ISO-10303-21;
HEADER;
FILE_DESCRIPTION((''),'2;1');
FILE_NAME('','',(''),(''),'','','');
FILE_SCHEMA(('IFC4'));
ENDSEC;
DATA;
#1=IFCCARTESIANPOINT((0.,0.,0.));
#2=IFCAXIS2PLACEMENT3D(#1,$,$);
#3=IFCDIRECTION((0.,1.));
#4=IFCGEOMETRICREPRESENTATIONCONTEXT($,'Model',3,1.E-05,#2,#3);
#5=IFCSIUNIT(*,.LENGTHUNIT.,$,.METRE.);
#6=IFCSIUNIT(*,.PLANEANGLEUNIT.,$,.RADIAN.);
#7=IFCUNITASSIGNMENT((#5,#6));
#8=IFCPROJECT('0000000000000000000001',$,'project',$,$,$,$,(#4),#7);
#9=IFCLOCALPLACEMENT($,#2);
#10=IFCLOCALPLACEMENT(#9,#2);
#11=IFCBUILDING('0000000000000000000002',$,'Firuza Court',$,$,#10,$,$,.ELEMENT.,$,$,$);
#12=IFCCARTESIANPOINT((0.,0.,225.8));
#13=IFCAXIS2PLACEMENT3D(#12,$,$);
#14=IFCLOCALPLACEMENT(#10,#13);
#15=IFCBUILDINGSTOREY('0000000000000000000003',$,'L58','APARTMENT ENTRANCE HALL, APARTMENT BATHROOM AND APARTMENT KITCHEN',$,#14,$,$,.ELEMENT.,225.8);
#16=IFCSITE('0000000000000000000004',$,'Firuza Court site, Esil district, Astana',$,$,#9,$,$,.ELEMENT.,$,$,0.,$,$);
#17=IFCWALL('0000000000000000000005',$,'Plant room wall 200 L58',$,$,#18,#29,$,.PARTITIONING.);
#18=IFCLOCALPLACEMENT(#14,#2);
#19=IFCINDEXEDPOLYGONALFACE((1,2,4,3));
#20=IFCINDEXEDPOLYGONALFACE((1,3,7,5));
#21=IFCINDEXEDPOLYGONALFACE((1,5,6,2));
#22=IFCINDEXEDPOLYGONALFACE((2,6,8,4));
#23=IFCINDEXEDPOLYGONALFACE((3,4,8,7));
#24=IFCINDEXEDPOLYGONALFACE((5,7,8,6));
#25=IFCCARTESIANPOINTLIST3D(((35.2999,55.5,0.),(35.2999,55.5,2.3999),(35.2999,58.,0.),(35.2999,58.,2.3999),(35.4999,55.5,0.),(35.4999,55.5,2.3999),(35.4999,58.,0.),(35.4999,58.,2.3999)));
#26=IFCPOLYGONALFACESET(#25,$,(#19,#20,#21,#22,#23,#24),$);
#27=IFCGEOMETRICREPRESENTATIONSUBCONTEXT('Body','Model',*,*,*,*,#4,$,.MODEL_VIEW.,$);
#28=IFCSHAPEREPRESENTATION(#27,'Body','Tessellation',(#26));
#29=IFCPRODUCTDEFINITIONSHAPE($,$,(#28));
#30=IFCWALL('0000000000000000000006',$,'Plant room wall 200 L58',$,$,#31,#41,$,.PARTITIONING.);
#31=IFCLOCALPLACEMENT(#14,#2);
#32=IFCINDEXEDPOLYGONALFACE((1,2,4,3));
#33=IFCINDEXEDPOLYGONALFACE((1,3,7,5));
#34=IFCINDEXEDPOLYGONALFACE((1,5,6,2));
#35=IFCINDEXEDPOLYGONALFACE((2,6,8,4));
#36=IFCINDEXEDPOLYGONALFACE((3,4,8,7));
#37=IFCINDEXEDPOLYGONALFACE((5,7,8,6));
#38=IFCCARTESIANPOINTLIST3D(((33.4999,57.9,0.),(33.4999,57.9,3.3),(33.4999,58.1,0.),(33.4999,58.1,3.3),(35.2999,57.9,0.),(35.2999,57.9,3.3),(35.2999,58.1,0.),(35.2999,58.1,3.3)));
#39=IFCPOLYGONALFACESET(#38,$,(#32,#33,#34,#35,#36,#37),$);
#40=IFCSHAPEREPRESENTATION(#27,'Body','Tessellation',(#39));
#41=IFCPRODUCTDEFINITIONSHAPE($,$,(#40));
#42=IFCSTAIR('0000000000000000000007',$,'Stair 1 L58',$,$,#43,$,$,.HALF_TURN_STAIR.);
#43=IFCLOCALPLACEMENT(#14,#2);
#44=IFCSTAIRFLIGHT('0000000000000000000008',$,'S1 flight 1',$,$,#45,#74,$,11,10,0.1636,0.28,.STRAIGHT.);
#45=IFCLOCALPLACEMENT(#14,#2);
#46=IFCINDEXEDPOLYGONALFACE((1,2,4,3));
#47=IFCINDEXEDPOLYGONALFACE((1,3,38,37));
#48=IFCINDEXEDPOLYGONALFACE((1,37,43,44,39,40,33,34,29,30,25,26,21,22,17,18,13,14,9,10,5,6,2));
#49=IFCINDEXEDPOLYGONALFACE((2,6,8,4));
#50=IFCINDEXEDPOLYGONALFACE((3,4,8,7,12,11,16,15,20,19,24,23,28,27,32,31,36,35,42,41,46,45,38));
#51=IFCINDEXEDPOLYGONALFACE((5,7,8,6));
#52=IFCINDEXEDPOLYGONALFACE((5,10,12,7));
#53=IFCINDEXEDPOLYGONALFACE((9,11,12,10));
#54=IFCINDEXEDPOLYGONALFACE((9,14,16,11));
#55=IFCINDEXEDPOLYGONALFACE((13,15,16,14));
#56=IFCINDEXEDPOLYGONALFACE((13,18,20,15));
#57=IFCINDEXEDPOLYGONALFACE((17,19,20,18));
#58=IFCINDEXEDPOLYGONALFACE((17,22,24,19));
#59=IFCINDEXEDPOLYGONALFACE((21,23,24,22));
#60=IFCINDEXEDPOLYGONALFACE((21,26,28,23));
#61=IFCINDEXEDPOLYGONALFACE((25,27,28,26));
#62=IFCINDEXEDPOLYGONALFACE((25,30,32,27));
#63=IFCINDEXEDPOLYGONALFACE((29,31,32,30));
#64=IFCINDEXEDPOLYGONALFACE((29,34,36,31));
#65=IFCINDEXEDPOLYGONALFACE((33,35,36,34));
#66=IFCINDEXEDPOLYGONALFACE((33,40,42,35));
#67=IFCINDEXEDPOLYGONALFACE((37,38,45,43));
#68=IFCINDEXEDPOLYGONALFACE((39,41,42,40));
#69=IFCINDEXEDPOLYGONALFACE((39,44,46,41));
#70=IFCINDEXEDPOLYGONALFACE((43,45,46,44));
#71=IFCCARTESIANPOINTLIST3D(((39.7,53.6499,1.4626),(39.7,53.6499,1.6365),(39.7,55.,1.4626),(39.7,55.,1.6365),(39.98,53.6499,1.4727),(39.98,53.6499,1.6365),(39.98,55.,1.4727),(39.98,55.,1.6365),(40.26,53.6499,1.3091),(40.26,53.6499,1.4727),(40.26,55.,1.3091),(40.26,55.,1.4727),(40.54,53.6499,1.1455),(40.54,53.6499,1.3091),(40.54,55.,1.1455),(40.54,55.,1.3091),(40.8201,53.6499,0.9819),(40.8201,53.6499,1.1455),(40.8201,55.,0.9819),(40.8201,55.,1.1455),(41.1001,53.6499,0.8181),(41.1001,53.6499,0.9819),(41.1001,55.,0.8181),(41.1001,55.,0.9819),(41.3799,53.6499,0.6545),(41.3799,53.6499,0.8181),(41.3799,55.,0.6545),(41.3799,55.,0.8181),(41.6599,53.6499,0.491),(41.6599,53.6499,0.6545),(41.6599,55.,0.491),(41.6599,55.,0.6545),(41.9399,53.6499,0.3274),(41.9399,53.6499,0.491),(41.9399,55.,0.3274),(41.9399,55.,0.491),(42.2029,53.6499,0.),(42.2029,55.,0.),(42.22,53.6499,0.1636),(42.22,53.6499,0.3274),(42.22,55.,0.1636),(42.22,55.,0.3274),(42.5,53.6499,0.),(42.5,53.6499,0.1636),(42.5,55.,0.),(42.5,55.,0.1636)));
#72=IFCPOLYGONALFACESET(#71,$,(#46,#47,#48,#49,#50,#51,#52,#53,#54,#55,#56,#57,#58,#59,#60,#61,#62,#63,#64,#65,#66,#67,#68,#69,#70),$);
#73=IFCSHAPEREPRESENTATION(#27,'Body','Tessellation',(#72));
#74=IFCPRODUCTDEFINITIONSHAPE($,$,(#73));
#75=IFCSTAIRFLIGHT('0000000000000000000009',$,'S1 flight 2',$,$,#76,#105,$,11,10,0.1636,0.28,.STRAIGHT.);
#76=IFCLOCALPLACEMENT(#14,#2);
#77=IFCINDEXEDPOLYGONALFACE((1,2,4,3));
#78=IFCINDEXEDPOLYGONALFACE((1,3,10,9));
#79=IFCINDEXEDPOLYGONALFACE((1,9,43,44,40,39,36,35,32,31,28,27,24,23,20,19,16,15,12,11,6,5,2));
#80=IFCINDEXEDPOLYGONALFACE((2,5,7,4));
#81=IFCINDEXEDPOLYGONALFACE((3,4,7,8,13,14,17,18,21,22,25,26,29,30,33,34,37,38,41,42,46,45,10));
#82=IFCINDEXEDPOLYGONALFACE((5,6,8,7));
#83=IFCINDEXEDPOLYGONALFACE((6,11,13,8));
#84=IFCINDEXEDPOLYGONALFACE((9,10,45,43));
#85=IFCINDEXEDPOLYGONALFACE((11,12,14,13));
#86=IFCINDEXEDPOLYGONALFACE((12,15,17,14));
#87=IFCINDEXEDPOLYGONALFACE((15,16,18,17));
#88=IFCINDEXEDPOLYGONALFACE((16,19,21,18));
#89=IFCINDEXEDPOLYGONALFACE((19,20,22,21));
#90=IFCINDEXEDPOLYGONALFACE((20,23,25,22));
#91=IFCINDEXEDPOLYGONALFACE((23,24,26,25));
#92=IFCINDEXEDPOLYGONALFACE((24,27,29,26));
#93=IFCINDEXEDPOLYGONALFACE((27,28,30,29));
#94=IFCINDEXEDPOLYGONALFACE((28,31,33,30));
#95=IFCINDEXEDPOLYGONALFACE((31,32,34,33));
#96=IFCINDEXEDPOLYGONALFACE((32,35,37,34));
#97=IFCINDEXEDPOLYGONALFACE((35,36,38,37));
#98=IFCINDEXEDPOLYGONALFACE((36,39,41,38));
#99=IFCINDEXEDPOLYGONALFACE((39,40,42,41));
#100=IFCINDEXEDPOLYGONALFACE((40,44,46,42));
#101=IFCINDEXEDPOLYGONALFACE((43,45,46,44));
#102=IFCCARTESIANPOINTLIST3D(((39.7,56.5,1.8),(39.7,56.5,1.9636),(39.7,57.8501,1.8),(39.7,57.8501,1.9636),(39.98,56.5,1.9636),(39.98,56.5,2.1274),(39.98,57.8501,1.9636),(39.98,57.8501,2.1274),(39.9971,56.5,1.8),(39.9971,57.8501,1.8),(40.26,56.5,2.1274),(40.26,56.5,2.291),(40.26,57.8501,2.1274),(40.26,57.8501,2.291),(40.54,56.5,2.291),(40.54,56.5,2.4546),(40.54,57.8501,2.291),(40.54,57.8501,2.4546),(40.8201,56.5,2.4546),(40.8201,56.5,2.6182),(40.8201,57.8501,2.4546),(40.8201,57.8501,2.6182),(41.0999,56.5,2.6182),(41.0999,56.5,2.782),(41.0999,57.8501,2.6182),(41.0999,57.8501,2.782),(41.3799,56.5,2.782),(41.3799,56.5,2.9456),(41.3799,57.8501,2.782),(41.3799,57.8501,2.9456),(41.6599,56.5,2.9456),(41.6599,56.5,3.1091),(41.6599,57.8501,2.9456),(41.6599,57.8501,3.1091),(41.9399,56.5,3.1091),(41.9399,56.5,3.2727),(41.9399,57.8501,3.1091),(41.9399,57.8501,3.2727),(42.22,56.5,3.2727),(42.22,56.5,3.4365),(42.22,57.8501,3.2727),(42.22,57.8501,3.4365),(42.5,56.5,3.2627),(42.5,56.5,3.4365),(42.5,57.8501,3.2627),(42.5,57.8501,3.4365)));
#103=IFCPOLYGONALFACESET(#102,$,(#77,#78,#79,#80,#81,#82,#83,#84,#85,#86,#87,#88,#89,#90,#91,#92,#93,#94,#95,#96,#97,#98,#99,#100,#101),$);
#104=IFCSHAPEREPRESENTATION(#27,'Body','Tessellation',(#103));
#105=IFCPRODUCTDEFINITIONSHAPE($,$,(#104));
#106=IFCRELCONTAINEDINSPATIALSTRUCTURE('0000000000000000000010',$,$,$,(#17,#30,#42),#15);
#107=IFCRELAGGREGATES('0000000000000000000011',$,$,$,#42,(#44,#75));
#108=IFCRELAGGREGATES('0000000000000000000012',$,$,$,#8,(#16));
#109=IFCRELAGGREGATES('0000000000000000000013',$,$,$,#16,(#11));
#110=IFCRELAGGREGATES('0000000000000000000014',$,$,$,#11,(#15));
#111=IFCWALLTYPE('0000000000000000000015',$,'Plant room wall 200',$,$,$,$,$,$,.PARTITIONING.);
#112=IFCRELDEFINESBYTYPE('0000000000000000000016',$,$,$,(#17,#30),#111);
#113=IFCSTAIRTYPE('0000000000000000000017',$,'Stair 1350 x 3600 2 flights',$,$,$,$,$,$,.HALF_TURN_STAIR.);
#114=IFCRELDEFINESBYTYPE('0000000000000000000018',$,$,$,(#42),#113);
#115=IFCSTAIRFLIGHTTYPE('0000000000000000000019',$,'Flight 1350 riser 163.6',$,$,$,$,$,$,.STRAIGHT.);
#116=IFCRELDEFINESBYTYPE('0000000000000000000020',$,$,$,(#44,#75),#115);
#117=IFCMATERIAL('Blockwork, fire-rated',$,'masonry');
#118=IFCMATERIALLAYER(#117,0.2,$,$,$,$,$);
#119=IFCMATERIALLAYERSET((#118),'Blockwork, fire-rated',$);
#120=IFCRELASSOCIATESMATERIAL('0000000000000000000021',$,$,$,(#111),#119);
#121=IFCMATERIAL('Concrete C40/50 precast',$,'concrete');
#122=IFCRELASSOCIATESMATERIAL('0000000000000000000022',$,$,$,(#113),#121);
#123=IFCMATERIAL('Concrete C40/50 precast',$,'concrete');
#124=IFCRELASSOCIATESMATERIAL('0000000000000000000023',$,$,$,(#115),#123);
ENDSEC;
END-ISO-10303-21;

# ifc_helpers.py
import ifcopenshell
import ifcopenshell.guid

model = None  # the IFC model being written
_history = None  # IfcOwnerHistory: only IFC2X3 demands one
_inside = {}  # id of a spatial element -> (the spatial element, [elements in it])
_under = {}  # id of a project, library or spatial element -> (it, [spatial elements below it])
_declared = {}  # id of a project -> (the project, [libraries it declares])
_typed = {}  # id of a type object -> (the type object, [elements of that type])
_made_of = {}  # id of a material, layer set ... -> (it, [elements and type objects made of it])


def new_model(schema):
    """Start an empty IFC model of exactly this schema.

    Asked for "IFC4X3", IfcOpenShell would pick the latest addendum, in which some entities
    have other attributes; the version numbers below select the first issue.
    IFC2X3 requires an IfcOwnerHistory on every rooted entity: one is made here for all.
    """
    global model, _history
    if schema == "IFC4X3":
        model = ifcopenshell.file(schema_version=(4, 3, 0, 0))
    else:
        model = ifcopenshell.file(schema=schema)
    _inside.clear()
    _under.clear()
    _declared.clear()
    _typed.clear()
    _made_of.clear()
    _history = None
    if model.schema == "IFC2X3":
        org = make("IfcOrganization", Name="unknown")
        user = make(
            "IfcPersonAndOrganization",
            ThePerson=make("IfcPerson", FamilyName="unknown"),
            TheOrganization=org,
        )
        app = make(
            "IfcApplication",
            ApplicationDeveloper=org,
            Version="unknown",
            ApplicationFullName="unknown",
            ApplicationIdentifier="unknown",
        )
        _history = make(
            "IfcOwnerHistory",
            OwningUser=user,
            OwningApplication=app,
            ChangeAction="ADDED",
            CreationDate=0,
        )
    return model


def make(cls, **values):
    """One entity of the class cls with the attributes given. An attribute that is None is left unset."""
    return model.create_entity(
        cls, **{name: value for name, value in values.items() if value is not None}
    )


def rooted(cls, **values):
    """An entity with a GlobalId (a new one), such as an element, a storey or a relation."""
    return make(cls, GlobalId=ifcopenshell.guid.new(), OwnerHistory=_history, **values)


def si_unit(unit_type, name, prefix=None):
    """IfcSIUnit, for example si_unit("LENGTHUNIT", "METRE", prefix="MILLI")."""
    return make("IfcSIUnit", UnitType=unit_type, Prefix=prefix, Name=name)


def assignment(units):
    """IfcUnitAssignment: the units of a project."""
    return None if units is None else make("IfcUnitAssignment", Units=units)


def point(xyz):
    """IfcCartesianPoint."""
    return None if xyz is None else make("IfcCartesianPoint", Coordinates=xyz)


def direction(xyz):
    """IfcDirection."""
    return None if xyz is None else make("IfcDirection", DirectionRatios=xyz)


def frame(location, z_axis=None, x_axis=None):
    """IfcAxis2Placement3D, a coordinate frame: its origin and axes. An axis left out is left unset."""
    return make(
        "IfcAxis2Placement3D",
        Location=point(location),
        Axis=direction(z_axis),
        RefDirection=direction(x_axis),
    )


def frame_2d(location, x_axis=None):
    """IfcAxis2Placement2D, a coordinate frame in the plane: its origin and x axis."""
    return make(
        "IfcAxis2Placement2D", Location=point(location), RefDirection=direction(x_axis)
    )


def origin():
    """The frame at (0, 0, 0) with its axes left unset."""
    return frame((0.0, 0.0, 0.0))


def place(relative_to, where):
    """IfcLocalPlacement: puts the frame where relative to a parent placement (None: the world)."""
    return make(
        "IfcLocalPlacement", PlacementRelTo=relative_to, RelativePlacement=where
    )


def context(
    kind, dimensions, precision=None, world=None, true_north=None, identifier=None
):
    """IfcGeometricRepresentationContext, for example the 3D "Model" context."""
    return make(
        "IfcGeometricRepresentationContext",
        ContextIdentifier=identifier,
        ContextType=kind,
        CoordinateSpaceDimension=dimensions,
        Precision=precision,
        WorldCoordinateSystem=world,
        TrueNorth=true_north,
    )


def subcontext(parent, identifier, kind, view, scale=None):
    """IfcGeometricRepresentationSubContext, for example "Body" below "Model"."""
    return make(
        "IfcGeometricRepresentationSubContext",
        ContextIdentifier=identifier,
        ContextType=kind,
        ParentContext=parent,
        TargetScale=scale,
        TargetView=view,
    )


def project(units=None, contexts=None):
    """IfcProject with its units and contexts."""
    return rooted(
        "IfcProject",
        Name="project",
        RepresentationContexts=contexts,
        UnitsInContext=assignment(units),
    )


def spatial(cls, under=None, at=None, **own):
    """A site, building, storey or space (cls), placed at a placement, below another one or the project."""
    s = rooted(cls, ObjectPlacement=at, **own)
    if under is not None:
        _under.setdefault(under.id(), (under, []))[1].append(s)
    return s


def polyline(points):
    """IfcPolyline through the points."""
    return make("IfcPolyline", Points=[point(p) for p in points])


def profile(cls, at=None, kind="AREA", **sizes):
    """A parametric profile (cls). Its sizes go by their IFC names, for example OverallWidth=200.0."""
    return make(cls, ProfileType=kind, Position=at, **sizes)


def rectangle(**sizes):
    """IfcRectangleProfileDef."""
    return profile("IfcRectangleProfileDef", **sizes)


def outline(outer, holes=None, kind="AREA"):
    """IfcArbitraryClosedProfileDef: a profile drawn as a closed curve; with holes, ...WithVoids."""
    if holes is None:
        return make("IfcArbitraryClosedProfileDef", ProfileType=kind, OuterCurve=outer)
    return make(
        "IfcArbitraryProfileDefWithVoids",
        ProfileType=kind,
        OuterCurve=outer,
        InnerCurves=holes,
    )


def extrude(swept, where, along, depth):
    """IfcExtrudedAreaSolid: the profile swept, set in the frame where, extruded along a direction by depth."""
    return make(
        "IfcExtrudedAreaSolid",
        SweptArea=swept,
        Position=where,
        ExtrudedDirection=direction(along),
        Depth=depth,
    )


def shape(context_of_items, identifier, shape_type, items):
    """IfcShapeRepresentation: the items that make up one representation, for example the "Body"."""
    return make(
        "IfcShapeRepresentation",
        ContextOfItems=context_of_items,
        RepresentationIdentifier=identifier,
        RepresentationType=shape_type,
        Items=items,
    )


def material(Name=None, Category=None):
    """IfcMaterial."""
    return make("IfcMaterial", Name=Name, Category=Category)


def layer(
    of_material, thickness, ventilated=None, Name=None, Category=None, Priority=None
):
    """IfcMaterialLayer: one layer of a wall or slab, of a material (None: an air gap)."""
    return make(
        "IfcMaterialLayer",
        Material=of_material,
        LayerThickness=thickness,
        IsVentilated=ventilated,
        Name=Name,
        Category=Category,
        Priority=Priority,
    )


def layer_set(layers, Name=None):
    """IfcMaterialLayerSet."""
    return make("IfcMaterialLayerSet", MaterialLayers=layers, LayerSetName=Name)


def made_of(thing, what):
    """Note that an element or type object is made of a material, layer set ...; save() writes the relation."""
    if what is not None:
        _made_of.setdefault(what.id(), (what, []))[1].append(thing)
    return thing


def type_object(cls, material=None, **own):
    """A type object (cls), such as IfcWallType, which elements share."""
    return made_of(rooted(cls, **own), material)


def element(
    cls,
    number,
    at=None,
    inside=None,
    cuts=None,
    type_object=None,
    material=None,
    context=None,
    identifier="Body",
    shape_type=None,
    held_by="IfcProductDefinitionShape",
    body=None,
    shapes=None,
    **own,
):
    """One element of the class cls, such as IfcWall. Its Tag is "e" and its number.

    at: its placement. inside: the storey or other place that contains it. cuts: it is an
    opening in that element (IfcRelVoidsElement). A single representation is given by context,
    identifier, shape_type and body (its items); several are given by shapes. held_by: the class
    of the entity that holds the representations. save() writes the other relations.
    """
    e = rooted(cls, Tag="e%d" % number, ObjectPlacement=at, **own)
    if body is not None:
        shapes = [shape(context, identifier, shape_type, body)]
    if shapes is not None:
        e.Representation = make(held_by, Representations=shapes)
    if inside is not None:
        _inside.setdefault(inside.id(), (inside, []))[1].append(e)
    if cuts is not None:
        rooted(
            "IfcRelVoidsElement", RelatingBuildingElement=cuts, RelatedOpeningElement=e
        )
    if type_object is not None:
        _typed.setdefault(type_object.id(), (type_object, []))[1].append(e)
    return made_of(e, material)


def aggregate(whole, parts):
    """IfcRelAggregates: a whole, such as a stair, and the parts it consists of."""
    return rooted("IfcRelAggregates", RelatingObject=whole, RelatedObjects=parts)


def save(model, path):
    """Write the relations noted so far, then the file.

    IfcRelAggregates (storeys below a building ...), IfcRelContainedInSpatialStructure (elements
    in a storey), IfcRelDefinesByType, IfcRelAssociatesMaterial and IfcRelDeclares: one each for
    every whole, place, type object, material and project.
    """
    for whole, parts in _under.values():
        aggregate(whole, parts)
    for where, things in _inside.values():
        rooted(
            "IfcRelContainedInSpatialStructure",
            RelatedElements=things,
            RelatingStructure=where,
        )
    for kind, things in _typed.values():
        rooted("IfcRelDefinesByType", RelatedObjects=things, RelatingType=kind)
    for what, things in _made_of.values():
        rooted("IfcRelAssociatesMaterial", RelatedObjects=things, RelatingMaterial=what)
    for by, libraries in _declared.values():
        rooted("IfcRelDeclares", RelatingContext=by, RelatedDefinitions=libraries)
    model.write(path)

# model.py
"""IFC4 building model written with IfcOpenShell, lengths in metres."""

from ifc_helpers import new_model, si_unit, direction, frame, frame_2d, origin, place, context, subcontext, project, spatial, polyline, rectangle, outline, extrude, material, layer, layer_set, type_object, element, aggregate, save


model = new_model("IFC4")

# Units and contexts
model_context = context("Model", 3, precision=1e-05, world=origin(), true_north=direction((0.0, 1.0)))
body_context = subcontext(model_context, "Body", "Model", "MODEL_VIEW")
ifc_project = project(units=[si_unit("LENGTHUNIT", "METRE"), si_unit("PLANEANGLEUNIT", "RADIAN")], contexts=[model_context])

# Site, building, storey
site_placement = place(None, origin())
site = spatial("IfcSite", under=ifc_project, at=site_placement, Name="Firuza Court site, Esil district, Astana", CompositionType="ELEMENT", RefElevation=0.0)
building_placement = place(site_placement, origin())
building = spatial("IfcBuilding", under=site, at=building_placement, Name="Firuza Court", CompositionType="ELEMENT")
storey_placement = place(building_placement, frame((0.0, 0.0, 225.8)))
storey = spatial("IfcBuildingStorey", under=building, at=storey_placement, Name="L58", Description="APARTMENT ENTRANCE HALL, APARTMENT BATHROOM AND APARTMENT KITCHEN", CompositionType="ELEMENT", Elevation=225.8)

# Shared definitions
ifc_material_1 = material(Name="Blockwork, fire-rated", Category="masonry")
ifc_layer_1 = layer(ifc_material_1, 0.2)
ifc_layer_set_1 = layer_set([ifc_layer_1], Name="Blockwork, fire-rated")
wall_type_1 = type_object("IfcWallType", Name="Plant room wall 200", PredefinedType="PARTITIONING", material=ifc_layer_set_1)

# Walls
wall_1_placement = place(storey_placement, frame((35.3999, 55.5, 0.0), z_axis=(0.0, 0.0, 1.0), x_axis=(0.0, 1.0, 0.0)))
element("IfcWall", 1, at=wall_1_placement, inside=storey, type_object=wall_type_1, Name="Plant room wall 200 L58", PredefinedType="PARTITIONING", context=body_context, shape_type="SweptSolid", body=[
    extrude(rectangle(XDim=2.5, YDim=0.2, at=frame_2d((1.25, 0.0))), origin(), (0.0, 0.0, 1.0), 2.3999),
])
wall_2_placement = place(storey_placement, frame((33.5, 58.0, 0.0), z_axis=(0.0, 0.0, 1.0), x_axis=(1.0, 0.0, 0.0)))
element("IfcWall", 2, at=wall_2_placement, inside=storey, type_object=wall_type_1, Name="Plant room wall 200 L58", PredefinedType="PARTITIONING", context=body_context, shape_type="SweptSolid", body=[
    extrude(rectangle(XDim=1.8, YDim=0.2, at=frame_2d((0.8999, 0.0))), origin(), (0.0, 0.0, 1.0), 3.3),
])

# Stair, stair flights
ifc_material_2 = material(Name="Concrete C40/50 precast", Category="concrete")
stair_type = type_object("IfcStairType", Name="Stair 1350 x 3600 2 flights", PredefinedType="HALF_TURN_STAIR", material=ifc_material_2)
stair_placement = place(storey_placement, origin())
stair = element("IfcStair", 3, at=stair_placement, inside=storey, type_object=stair_type, Name="Stair 1 L58", PredefinedType="HALF_TURN_STAIR")
ifc_material_3 = material(Name="Concrete C40/50 precast", Category="concrete")
stair_flight_type = type_object("IfcStairFlightType", Name="Flight 1350 riser 163.6", PredefinedType="STRAIGHT", material=ifc_material_3)
stair_flight_1_placement = place(storey_placement, frame((42.5, 54.325, 0.0), z_axis=(0.0, 0.0, 1.0), x_axis=(-1.0, 0.0, 0.0)))
stair_flight_1 = element("IfcStairFlight", 4, at=stair_flight_1_placement, type_object=stair_flight_type, Name="S1 flight 1", NumberOfRisers=11, NumberOfTreads=10, PredefinedType="STRAIGHT", RiserHeight=0.1636, TreadLength=0.28, context=body_context, shape_type="SweptSolid", body=[
    extrude(outline(polyline([(0.0, 0.0), (0.0, 0.1636), (0.28, 0.1636), (0.28, 0.3274), (0.5601, 0.3274), (0.5601, 0.491), (0.8401, 0.491), (0.8401, 0.6545), (1.1201, 0.6545), (1.1201, 0.8181), (1.3999, 0.8181), (1.3999, 0.9819), (1.6799, 0.9819), (1.6799, 1.1455), (1.96, 1.1455), (1.96, 1.3091), (2.24, 1.3091), (2.24, 1.4727), (2.52, 1.4727), (2.52, 1.6365), (2.8, 1.6365), (2.8, 1.8), (2.8, 1.4626), (0.2971, 0.0), (0.0, 0.0)])), frame((0.0, 0.675, 0.0), z_axis=(0.0, -1.0, 0.0), x_axis=(1.0, 0.0, 0.0)), (0.0, 0.0, 1.0), 1.3501),
])
stair_flight_2_placement = place(storey_placement, frame((39.7, 57.175, 1.8), z_axis=(0.0, 0.0, 1.0), x_axis=(1.0, 0.0, 0.0)))
stair_flight_2 = element("IfcStairFlight", 5, at=stair_flight_2_placement, type_object=stair_flight_type, Name="S1 flight 2", NumberOfRisers=11, NumberOfTreads=10, PredefinedType="STRAIGHT", RiserHeight=0.1636, TreadLength=0.28, context=body_context, shape_type="SweptSolid", body=[
    extrude(outline(polyline([(0.0, 0.0), (0.0, 0.1636), (0.28, 0.1636), (0.28, 0.3274), (0.5601, 0.3274), (0.5601, 0.491), (0.8401, 0.491), (0.8401, 0.6545), (1.1201, 0.6545), (1.1201, 0.8181), (1.3999, 0.8181), (1.3999, 0.9819), (1.6799, 0.9819), (1.6799, 1.1455), (1.96, 1.1455), (1.96, 1.3091), (2.24, 1.3091), (2.24, 1.4727), (2.52, 1.4727), (2.52, 1.6365), (2.8, 1.6365), (2.8, 1.8), (2.8, 1.4626), (0.2971, 0.0), (0.0, 0.0)])), frame((0.0, 0.675, 0.0), z_axis=(0.0, -1.0, 0.0), x_axis=(1.0, 0.0, 0.0)), (0.0, 0.0, 1.0), 1.3501),
])
aggregate(stair, [stair_flight_1, stair_flight_2])

save(model, "model.ifc")
